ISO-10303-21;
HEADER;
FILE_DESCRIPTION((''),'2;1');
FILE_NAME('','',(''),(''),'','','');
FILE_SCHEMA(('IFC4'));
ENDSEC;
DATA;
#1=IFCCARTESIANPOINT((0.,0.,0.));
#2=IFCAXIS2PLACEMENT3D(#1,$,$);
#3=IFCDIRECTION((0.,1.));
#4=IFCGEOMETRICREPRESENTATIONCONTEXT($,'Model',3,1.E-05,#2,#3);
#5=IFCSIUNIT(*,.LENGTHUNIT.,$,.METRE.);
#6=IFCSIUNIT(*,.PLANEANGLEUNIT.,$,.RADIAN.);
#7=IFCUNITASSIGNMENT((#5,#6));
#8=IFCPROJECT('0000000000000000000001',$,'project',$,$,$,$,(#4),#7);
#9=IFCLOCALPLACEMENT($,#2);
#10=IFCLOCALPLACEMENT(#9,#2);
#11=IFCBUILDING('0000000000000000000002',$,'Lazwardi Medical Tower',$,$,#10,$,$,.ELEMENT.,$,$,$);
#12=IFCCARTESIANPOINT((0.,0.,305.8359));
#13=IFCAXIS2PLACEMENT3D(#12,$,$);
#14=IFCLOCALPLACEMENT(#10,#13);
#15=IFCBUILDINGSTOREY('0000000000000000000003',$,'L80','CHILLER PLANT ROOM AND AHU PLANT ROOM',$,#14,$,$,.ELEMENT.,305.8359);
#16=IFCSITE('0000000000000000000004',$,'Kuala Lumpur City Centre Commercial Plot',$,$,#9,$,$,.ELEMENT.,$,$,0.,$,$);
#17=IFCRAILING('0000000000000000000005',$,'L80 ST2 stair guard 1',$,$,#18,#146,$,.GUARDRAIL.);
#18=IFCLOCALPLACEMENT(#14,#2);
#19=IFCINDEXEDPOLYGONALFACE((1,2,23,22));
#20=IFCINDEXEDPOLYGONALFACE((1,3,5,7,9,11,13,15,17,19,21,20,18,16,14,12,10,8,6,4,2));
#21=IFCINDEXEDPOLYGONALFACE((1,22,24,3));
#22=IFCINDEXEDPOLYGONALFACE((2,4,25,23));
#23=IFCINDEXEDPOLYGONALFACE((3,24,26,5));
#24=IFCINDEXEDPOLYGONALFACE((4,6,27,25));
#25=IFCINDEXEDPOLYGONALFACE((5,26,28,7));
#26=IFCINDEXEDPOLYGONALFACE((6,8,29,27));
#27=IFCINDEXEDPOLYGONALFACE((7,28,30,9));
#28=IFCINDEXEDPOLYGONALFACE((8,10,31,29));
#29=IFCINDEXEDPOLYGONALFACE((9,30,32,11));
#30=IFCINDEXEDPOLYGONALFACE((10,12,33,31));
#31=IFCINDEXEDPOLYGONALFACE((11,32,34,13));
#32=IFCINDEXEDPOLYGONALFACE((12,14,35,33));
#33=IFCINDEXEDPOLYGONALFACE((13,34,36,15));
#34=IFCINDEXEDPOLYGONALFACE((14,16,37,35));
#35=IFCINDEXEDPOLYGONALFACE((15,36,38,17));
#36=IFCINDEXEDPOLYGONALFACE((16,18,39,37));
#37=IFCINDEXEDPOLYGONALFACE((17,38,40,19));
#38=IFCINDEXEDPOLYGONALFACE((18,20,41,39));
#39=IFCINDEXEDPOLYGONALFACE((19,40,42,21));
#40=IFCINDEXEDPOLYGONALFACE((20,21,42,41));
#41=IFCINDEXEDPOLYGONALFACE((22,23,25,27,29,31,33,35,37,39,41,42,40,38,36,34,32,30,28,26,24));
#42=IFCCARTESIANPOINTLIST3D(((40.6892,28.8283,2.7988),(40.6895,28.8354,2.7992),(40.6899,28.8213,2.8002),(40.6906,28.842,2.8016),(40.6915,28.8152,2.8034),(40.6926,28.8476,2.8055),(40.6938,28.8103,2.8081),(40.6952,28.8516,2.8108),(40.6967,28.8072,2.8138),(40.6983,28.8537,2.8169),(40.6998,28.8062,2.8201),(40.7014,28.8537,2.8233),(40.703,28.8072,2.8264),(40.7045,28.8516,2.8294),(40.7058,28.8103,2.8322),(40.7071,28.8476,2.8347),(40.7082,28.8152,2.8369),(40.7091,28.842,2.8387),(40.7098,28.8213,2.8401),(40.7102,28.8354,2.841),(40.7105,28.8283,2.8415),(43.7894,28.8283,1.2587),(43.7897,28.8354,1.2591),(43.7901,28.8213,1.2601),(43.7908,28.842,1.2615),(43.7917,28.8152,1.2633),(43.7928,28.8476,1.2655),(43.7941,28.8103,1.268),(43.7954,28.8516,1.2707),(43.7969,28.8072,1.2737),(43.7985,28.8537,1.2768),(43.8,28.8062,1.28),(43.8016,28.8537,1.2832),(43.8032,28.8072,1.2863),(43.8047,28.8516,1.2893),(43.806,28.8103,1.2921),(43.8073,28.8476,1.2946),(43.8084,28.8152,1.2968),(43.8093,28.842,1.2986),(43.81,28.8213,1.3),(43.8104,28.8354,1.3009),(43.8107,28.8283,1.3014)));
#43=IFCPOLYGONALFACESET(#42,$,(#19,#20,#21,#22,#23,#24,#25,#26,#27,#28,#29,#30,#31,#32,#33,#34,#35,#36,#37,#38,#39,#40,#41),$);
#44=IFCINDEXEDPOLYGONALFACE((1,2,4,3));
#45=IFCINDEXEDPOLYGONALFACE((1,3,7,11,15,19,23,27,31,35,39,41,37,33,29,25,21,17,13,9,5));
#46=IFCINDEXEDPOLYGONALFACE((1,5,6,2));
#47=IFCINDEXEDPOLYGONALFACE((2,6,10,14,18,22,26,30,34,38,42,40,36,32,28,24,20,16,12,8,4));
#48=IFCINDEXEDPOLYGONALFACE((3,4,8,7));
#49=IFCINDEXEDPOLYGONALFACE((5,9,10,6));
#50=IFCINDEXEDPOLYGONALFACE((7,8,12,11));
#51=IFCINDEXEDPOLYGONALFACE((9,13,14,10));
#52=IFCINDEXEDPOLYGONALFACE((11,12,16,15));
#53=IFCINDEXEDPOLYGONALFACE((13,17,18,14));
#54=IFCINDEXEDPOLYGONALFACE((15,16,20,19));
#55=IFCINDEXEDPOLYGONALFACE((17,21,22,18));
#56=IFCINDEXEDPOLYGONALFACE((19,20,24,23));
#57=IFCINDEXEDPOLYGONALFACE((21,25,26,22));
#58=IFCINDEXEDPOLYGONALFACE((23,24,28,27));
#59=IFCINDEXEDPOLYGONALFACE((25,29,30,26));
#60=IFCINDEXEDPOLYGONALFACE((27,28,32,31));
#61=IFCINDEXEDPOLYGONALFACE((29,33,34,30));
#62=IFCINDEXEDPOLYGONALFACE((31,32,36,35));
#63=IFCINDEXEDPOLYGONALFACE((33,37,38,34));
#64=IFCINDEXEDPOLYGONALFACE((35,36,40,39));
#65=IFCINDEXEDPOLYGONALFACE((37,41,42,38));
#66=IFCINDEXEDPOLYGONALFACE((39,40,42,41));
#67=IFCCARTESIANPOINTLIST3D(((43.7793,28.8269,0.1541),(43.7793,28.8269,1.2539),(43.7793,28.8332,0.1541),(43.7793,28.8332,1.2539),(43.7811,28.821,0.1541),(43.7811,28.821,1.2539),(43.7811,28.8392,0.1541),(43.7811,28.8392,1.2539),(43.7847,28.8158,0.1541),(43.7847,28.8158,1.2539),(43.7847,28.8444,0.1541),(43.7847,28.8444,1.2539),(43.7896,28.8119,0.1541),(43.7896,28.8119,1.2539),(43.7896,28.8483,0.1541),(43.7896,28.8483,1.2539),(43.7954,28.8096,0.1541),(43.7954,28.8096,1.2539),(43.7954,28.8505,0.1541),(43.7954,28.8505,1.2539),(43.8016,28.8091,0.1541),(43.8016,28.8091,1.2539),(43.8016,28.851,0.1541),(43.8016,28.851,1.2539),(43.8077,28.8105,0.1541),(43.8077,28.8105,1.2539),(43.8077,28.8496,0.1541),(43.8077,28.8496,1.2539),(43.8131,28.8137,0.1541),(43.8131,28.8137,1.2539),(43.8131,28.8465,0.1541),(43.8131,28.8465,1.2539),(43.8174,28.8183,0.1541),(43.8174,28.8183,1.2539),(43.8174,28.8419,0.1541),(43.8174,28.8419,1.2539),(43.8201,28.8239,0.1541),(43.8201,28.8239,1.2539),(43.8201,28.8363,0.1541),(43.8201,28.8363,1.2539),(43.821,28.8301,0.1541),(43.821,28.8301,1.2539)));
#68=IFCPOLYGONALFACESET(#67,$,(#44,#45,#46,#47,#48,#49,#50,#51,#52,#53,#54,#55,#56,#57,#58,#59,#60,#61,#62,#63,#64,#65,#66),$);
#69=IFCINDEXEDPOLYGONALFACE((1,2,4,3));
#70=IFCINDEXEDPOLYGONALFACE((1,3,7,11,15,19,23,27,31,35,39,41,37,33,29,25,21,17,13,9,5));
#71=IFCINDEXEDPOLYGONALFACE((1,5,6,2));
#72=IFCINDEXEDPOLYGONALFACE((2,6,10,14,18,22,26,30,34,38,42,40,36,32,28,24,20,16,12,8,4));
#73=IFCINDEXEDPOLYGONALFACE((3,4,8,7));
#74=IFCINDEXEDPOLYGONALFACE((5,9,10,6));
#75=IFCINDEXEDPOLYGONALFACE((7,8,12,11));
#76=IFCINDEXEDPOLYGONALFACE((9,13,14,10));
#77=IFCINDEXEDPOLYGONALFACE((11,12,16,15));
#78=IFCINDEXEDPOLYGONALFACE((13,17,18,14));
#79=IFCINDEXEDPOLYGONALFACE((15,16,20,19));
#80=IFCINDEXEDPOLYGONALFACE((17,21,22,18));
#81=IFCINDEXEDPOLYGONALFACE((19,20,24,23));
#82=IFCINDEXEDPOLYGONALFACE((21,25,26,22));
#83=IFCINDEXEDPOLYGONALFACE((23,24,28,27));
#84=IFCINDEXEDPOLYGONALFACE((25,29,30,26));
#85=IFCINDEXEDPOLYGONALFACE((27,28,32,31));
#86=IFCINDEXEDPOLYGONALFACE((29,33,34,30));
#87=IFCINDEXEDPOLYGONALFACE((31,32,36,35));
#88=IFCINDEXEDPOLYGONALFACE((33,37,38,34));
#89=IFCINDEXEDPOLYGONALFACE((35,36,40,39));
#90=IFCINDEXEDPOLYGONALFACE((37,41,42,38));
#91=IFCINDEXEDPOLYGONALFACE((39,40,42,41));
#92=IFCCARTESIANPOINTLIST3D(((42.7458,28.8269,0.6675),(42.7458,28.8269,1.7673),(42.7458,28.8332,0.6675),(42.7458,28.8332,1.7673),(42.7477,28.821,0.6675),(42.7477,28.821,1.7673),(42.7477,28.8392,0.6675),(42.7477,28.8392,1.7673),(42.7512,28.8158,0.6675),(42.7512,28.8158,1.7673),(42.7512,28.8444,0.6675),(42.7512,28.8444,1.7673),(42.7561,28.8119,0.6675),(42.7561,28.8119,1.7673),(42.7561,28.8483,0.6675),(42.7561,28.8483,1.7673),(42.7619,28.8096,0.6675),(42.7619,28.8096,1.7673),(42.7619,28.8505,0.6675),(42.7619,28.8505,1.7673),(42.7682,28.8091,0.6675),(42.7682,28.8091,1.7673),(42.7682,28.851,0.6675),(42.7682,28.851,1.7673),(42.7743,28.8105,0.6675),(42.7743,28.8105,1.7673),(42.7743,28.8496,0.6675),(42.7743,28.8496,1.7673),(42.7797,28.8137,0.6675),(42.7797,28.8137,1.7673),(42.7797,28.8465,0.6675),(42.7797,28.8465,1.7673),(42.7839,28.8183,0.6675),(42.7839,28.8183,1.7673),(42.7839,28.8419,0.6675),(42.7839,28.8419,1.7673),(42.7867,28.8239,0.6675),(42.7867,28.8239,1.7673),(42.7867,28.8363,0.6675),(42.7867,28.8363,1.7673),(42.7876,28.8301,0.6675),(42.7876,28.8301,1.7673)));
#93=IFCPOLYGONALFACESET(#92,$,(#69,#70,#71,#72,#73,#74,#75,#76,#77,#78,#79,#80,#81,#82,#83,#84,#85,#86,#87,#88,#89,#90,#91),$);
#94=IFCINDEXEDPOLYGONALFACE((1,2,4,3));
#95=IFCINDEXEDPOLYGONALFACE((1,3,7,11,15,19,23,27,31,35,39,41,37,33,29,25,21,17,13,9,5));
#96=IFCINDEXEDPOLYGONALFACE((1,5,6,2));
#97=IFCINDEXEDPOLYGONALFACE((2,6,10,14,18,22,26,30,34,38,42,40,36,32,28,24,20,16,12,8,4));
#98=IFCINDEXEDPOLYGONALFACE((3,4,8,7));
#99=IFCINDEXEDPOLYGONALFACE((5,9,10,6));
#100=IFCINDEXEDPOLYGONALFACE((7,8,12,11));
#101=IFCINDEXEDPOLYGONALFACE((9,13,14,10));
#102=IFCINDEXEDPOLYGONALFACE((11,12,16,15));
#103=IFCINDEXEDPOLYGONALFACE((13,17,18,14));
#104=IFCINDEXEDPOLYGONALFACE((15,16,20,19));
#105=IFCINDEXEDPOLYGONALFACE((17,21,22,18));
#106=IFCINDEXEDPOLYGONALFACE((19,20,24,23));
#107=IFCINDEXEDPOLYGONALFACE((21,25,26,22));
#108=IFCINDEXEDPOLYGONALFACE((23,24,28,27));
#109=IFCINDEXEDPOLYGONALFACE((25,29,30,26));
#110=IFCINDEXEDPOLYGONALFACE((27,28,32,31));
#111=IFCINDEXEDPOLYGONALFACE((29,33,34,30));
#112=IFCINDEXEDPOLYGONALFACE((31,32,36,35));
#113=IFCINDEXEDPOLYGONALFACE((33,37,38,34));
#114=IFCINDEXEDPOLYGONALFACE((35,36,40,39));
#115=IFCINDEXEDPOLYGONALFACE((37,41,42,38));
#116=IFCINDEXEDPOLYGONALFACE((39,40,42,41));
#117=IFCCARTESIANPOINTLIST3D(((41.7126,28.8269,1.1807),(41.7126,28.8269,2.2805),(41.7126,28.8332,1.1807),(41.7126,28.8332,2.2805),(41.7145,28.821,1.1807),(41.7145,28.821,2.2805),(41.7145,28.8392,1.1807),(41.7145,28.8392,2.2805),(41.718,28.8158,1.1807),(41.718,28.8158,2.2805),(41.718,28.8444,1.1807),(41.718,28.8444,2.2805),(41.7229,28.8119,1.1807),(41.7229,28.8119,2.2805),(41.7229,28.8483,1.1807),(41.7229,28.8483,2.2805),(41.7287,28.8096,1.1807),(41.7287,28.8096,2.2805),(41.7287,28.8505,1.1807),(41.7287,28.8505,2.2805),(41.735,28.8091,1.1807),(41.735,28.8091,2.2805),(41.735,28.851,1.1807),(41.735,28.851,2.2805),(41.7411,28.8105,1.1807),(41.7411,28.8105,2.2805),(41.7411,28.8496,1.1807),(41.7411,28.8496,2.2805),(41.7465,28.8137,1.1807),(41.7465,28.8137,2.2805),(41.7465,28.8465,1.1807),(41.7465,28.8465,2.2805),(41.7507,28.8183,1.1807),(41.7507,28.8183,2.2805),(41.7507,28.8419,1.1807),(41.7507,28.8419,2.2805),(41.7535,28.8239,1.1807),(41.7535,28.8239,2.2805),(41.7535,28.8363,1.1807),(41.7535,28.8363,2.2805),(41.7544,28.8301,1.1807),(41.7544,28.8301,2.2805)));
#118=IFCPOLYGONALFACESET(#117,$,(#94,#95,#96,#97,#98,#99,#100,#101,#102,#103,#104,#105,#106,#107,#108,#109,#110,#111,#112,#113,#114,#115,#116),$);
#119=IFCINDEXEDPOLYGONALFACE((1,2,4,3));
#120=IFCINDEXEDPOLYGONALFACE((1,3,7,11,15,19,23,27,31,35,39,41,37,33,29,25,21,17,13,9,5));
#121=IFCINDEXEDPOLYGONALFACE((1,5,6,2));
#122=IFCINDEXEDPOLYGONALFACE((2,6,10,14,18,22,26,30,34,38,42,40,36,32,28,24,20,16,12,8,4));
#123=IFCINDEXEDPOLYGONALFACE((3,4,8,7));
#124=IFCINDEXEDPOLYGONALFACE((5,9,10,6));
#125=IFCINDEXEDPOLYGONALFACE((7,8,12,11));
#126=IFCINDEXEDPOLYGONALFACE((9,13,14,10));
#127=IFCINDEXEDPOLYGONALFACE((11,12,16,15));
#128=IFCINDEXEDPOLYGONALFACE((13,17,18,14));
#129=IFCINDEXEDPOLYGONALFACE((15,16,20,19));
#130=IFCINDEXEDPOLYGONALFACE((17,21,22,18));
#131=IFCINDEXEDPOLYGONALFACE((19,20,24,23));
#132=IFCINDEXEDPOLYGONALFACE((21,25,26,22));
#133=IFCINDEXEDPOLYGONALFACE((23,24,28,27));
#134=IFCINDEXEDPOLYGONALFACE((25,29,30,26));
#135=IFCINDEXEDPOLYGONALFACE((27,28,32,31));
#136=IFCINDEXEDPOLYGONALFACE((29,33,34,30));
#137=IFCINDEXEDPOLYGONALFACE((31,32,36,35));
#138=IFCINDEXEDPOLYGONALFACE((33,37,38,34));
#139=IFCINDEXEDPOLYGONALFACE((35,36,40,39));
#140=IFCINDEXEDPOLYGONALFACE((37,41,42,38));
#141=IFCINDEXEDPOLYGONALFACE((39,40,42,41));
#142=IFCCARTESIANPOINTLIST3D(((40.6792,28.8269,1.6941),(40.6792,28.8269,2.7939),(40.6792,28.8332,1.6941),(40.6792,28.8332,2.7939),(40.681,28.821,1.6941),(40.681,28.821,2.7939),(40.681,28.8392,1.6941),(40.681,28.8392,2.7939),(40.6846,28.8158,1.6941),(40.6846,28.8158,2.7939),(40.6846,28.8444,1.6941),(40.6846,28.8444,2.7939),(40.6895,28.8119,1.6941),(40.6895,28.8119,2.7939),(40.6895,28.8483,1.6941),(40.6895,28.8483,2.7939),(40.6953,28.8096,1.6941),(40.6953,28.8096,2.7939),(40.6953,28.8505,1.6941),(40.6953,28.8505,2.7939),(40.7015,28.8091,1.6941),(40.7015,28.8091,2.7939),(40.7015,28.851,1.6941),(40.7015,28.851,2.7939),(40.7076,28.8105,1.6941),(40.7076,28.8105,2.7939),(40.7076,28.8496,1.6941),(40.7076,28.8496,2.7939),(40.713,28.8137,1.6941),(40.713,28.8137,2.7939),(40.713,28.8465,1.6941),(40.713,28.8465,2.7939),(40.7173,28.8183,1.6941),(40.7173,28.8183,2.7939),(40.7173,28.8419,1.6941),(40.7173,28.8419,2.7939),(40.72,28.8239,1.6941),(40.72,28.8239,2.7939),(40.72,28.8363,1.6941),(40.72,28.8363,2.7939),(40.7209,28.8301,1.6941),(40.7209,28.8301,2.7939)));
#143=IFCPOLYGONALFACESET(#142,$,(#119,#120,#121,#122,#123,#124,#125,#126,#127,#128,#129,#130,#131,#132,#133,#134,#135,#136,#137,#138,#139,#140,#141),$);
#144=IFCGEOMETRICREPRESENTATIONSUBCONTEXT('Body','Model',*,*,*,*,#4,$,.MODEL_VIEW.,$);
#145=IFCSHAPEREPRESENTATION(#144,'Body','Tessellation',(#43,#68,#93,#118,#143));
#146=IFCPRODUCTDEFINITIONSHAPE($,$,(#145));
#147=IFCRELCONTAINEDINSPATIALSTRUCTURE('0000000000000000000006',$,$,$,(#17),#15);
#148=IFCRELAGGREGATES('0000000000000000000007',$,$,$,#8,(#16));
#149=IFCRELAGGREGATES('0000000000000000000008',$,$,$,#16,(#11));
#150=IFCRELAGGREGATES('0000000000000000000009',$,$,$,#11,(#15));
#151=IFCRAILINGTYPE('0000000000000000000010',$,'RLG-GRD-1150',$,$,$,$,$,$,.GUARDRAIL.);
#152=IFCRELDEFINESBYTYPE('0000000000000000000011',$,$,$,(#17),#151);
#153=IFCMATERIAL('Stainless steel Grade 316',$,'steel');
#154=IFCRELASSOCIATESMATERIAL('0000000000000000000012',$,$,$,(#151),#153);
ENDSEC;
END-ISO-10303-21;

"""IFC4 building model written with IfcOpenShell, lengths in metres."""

from ifc_helpers import new_model, si_unit, direction, frame, origin, origin_2d, place, context, subcontext, project, spatial, circle, extrude, material, type_object, element, save


model = new_model("IFC4")

# Units and contexts
model_context = context("Model", 3, precision=1e-05, world=origin(), true_north=direction((0.0, 1.0)))
body_context = subcontext(model_context, "Body", "Model", "MODEL_VIEW")
ifc_project = project(units=[si_unit("LENGTHUNIT", "METRE"), si_unit("PLANEANGLEUNIT", "RADIAN")], contexts=[model_context])

# Site, building, storey
site_placement = place(None, origin())
site = spatial("IfcSite", under=ifc_project, at=site_placement, Name="Kuala Lumpur City Centre Commercial Plot", CompositionType="ELEMENT", RefElevation=0.0)
building_placement = place(site_placement, origin())
building = spatial("IfcBuilding", under=site, at=building_placement, Name="Lazwardi Medical Tower", CompositionType="ELEMENT")
storey_placement = place(building_placement, frame((0.0, 0.0, 305.8359)))
storey = spatial("IfcBuildingStorey", under=building, at=storey_placement, Name="L80", Description="CHILLER PLANT ROOM AND AHU PLANT ROOM", CompositionType="ELEMENT", Elevation=305.8359)

# Railing
ifc_material_1 = material(Name="Stainless steel Grade 316", Category="steel")
railing_type_1 = type_object("IfcRailingType", Name="RLG-GRD-1150", PredefinedType="GUARDRAIL", material=ifc_material_1)
railing_1_placement = place(storey_placement, frame((43.8, 28.8301, 0.1541)))
element("IfcRailing", 1, at=railing_1_placement, inside=storey, type_object=railing_type_1, Name="L80 ST2 stair guard 1", PredefinedType="GUARDRAIL", context=body_context, shape_type="SweptSolid", body=[
    extrude(circle(Radius=0.0239, at=origin_2d()), frame((0.0, 0.0, 1.126), z_axis=(-0.895581, 0.0, 0.444899), x_axis=(0.0, -1.0, 0.0)), (0.0, 0.0, 1.0), 3.4617),
    extrude(circle(Radius=0.021, at=origin_2d()), origin(), (0.0, 0.0, 1.0), 1.0999),
    extrude(circle(Radius=0.021, at=origin_2d()), frame((-1.0334, 0.0, 0.5134)), (0.0, 0.0, 1.0), 1.0999),
    extrude(circle(Radius=0.021, at=origin_2d()), frame((-2.0667, 0.0, 1.0266)), (0.0, 0.0, 1.0), 1.0999),
    extrude(circle(Radius=0.021, at=origin_2d()), frame((-3.1001, 0.0, 1.54)), (0.0, 0.0, 1.0), 1.0999),
])

save(model, "model.ifc")
